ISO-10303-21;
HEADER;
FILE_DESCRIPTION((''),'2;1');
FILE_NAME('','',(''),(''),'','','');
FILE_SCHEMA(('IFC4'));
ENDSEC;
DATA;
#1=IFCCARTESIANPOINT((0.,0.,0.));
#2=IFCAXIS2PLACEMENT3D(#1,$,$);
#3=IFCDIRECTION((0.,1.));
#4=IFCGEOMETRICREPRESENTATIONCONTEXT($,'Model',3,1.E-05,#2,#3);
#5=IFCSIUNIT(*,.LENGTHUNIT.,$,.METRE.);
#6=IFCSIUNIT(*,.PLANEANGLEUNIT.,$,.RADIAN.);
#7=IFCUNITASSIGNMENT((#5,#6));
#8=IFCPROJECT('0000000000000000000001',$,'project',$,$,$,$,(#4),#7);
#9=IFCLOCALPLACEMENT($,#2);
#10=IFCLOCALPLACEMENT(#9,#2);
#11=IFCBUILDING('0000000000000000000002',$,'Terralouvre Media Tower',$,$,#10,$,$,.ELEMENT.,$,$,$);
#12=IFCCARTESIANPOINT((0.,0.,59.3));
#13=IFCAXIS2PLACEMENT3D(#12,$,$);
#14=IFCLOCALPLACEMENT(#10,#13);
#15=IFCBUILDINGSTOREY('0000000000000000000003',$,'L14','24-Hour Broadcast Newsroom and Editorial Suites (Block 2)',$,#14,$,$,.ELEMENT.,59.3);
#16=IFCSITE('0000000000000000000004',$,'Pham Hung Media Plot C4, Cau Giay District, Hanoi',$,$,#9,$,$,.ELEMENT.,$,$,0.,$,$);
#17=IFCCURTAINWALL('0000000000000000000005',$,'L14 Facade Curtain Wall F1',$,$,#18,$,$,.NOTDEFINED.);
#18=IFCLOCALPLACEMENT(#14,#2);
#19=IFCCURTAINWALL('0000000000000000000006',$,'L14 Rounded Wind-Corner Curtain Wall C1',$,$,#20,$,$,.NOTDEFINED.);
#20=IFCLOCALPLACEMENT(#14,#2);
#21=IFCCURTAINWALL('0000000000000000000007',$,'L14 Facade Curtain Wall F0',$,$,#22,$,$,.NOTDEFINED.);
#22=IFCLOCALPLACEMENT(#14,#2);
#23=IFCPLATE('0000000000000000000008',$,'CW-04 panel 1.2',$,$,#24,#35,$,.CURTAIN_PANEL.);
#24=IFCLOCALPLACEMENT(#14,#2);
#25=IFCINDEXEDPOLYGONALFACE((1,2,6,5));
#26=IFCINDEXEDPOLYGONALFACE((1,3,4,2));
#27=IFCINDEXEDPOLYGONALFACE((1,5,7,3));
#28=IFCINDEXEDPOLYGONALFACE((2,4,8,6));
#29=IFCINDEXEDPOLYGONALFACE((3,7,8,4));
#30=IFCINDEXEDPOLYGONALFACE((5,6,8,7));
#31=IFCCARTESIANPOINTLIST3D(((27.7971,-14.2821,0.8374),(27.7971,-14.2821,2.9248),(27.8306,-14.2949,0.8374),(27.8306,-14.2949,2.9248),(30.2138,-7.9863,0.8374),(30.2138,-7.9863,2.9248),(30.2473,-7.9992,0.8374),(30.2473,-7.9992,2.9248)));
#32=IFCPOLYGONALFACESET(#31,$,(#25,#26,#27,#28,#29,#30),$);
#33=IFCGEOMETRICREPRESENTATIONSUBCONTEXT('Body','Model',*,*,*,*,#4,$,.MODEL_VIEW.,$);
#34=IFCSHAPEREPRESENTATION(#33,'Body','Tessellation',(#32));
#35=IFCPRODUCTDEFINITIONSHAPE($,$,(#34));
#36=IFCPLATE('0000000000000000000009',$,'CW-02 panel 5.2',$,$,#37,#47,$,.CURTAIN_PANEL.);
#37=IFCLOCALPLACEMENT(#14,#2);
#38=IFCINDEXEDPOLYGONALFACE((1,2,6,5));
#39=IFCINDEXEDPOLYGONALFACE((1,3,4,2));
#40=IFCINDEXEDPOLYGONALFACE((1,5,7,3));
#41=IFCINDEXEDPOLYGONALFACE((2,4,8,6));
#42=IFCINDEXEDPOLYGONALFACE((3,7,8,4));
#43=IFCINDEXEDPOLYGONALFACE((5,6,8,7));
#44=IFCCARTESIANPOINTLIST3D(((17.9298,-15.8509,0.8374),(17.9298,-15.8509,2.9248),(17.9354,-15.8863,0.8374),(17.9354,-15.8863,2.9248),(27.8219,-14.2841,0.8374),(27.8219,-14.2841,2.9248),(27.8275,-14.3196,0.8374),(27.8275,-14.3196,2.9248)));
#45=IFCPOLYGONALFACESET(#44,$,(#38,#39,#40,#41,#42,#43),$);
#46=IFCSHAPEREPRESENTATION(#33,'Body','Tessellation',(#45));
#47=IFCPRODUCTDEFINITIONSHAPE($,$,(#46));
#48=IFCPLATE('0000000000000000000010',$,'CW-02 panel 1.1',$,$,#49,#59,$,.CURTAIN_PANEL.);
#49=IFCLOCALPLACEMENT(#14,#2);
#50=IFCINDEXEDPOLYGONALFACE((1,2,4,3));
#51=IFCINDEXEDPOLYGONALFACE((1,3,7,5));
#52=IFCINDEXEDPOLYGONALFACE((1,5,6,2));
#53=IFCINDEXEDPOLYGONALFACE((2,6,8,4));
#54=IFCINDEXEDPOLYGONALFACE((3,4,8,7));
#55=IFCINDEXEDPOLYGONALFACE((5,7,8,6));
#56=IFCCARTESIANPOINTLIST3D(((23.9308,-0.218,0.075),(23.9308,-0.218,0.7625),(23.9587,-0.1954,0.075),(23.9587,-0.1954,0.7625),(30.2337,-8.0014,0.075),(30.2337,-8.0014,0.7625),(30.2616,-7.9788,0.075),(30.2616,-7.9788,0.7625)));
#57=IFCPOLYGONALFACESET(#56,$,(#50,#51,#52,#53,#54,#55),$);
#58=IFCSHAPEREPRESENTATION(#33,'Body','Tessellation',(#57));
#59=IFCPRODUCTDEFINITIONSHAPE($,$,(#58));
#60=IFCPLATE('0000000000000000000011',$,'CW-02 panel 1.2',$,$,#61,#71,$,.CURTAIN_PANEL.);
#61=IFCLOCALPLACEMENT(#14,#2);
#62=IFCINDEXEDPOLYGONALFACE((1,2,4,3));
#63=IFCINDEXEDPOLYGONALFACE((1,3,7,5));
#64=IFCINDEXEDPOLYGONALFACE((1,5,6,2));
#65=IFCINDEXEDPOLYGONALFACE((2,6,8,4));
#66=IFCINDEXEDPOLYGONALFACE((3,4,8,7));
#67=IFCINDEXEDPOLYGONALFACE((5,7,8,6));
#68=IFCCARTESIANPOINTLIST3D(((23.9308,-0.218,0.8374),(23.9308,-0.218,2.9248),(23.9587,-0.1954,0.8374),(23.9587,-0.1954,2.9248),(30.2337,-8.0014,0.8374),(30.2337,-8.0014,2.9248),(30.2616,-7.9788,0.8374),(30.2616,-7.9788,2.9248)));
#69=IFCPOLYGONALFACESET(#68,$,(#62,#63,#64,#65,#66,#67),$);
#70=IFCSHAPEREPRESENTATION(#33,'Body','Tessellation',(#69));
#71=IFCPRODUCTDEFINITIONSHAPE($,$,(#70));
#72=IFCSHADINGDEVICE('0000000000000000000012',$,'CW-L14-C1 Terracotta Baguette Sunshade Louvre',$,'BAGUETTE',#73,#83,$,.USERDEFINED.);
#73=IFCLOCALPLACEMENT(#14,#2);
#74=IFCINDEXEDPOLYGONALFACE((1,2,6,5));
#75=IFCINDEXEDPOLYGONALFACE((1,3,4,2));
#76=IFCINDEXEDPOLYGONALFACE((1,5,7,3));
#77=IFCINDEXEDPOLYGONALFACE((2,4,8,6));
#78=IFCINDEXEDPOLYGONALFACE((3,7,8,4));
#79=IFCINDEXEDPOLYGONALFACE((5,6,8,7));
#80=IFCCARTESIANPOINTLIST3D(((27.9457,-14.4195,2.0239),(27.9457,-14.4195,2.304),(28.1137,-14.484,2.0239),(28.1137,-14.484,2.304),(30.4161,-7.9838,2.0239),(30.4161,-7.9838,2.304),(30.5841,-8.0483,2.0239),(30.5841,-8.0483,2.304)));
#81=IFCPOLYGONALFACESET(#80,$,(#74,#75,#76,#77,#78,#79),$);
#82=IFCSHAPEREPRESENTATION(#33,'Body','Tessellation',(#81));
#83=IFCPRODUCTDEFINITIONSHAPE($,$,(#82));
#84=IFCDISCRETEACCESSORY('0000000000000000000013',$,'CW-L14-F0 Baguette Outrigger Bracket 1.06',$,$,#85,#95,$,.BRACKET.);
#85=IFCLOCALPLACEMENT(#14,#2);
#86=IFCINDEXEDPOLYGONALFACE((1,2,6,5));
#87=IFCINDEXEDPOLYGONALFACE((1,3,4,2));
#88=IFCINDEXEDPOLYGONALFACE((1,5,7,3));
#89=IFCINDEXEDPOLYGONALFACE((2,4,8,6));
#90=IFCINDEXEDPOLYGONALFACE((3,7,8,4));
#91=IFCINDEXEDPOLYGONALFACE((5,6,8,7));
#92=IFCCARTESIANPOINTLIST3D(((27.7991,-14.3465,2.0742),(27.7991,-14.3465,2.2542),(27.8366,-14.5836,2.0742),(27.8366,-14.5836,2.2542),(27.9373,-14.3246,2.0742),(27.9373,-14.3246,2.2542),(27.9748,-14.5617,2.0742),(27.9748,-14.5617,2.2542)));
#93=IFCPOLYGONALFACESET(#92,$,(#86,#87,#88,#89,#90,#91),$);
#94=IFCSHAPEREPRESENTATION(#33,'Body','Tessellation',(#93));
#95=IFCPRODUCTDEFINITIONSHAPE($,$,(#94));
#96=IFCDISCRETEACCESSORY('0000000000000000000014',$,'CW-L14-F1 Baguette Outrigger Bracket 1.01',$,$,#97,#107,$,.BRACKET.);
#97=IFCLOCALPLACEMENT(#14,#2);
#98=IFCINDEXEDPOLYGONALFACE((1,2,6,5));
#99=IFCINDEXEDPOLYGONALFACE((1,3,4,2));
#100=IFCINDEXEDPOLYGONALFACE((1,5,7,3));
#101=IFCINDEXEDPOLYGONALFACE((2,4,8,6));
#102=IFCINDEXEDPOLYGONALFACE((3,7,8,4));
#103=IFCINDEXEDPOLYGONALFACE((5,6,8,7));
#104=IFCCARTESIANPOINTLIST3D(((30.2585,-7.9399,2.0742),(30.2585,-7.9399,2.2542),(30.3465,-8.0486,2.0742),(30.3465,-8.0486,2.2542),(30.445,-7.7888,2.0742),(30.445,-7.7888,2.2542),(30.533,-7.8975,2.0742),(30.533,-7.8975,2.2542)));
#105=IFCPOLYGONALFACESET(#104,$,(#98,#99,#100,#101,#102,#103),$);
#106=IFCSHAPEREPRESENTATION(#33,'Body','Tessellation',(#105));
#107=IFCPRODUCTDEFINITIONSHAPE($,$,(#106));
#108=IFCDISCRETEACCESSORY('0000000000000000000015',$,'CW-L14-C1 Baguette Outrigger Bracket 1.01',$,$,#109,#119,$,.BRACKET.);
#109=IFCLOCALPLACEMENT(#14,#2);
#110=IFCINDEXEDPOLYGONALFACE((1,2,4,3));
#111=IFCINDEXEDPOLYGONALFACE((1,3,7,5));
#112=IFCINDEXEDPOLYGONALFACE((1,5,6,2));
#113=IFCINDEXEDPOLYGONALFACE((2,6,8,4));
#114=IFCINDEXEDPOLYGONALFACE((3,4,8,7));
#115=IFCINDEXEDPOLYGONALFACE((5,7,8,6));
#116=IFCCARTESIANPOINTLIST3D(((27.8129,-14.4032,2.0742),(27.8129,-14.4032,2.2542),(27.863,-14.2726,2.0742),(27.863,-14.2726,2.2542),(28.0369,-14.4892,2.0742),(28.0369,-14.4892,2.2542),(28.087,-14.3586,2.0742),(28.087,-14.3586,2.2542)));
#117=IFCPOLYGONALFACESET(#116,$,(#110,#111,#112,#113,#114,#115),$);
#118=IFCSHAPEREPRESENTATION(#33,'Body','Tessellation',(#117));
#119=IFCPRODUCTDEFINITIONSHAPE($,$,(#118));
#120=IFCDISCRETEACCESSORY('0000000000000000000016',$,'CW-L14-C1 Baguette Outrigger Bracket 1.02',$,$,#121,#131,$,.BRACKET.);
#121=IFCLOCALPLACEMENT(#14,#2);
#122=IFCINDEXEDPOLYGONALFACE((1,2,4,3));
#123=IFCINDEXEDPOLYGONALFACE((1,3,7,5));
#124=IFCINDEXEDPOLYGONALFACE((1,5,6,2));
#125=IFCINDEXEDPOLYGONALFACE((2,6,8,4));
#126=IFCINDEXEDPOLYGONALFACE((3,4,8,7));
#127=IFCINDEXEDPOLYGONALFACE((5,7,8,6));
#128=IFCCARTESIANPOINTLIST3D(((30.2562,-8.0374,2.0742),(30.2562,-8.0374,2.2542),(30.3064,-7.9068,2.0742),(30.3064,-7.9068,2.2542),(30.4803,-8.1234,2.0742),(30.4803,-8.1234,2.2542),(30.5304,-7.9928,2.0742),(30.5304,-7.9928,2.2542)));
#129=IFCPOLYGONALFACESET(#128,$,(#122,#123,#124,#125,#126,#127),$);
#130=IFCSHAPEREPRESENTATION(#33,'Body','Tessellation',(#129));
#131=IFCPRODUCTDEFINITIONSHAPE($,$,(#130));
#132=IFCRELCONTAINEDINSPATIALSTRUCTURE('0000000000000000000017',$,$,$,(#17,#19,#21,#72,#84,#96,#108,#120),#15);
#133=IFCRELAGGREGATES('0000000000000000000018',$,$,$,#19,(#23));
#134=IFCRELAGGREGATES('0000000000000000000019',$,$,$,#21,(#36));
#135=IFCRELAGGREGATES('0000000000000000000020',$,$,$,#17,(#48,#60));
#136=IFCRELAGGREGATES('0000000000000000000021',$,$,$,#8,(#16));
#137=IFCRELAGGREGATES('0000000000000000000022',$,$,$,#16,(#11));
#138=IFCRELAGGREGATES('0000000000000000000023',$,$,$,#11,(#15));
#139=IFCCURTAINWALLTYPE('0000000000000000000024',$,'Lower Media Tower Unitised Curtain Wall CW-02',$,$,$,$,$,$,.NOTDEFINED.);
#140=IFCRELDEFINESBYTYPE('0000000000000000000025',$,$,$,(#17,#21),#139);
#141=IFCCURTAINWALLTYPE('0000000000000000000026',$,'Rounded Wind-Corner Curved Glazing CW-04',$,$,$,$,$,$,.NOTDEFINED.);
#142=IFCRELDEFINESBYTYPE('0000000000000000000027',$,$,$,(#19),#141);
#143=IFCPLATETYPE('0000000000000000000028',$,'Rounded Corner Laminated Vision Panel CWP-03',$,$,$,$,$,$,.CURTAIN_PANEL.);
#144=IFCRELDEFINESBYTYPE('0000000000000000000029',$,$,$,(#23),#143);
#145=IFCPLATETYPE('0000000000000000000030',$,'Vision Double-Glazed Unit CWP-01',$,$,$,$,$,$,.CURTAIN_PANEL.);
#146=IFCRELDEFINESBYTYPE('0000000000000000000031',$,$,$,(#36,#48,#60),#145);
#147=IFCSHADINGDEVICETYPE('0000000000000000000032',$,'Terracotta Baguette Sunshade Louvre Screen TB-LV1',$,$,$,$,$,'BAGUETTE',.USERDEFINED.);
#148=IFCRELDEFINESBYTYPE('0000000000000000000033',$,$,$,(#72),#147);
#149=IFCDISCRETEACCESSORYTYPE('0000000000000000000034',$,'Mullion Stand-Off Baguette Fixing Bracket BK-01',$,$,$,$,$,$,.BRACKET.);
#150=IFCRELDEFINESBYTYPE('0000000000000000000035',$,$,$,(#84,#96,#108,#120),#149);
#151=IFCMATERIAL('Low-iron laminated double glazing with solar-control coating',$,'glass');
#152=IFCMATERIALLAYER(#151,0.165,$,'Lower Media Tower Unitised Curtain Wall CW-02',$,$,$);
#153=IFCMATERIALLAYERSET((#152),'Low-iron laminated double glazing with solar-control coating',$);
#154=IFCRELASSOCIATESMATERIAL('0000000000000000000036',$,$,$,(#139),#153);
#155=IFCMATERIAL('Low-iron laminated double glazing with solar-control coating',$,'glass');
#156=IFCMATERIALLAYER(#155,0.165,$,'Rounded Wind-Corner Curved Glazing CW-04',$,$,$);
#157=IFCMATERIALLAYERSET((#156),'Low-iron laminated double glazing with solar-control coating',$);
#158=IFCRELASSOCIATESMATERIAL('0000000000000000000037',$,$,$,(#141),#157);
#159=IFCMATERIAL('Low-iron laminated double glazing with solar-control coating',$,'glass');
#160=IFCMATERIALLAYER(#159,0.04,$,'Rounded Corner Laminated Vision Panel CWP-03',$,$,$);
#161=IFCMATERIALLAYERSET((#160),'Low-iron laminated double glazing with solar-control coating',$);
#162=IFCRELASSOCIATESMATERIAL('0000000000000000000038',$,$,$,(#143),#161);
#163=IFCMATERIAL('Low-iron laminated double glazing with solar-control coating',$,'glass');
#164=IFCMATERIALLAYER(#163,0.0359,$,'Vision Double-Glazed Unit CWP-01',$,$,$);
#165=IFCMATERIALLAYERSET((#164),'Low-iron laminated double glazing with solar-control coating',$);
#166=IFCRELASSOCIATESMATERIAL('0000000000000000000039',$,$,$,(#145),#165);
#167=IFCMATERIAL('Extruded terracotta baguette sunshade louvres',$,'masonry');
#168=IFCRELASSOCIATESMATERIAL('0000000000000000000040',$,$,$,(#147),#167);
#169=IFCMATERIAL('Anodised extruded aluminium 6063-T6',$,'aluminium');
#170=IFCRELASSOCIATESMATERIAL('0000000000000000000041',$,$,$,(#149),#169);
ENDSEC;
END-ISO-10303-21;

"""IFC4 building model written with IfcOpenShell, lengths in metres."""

from ifc_helpers import new_model, si_unit, direction, frame, origin, origin_2d, place, context, subcontext, project, spatial, rectangle, extrude, material, layer, layer_set, type_object, element, aggregate, save


model = new_model("IFC4")

# Units and contexts
model_context = context("Model", 3, precision=1e-05, world=origin(), true_north=direction((0.0, 1.0)))
body_context = subcontext(model_context, "Body", "Model", "MODEL_VIEW")
ifc_project = project(units=[si_unit("LENGTHUNIT", "METRE"), si_unit("PLANEANGLEUNIT", "RADIAN")], contexts=[model_context])

# Site, building, storey
site_placement = place(None, origin())
site = spatial("IfcSite", under=ifc_project, at=site_placement, Name="Pham Hung Media Plot C4, Cau Giay District, Hanoi", CompositionType="ELEMENT", RefElevation=0.0)
building_placement = place(site_placement, origin())
building = spatial("IfcBuilding", under=site, at=building_placement, Name="Terralouvre Media Tower", CompositionType="ELEMENT")
storey_placement = place(building_placement, frame((0.0, 0.0, 59.3)))
storey = spatial("IfcBuildingStorey", under=building, at=storey_placement, Name="L14", Description="24-Hour Broadcast Newsroom and Editorial Suites (Block 2)", CompositionType="ELEMENT", Elevation=59.3)

# Curtain walls
ifc_material_1 = material(Name="Low-iron laminated double glazing with solar-control coating", Category="glass")
ifc_layer_1 = layer(ifc_material_1, 0.165, Name="Lower Media Tower Unitised Curtain Wall CW-02")
ifc_layer_set_1 = layer_set([ifc_layer_1], Name="Low-iron laminated double glazing with solar-control coating")
curtain_wall_type_1 = type_object("IfcCurtainWallType", Name="Lower Media Tower Unitised Curtain Wall CW-02", PredefinedType="NOTDEFINED", material=ifc_layer_set_1)
curtain_wall_1_placement = place(storey_placement, origin())
curtain_wall_1 = element("IfcCurtainWall", 1, at=curtain_wall_1_placement, inside=storey, type_object=curtain_wall_type_1, Name="L14 Facade Curtain Wall F1", PredefinedType="NOTDEFINED")
ifc_material_2 = material(Name="Low-iron laminated double glazing with solar-control coating", Category="glass")
ifc_layer_2 = layer(ifc_material_2, 0.165, Name="Rounded Wind-Corner Curved Glazing CW-04")
ifc_layer_set_2 = layer_set([ifc_layer_2], Name="Low-iron laminated double glazing with solar-control coating")
curtain_wall_type_2 = type_object("IfcCurtainWallType", Name="Rounded Wind-Corner Curved Glazing CW-04", PredefinedType="NOTDEFINED", material=ifc_layer_set_2)
curtain_wall_2_placement = place(storey_placement, origin())
curtain_wall_2 = element("IfcCurtainWall", 2, at=curtain_wall_2_placement, inside=storey, type_object=curtain_wall_type_2, Name="L14 Rounded Wind-Corner Curtain Wall C1", PredefinedType="NOTDEFINED")

# Curtain wall
curtain_wall_3_placement = place(storey_placement, origin())
curtain_wall_3 = element("IfcCurtainWall", 3, at=curtain_wall_3_placement, inside=storey, type_object=curtain_wall_type_1, Name="L14 Facade Curtain Wall F0", PredefinedType="NOTDEFINED")

# Plates
ifc_material_3 = material(Name="Low-iron laminated double glazing with solar-control coating", Category="glass")
ifc_layer_3 = layer(ifc_material_3, 0.04, Name="Rounded Corner Laminated Vision Panel CWP-03")
ifc_layer_set_3 = layer_set([ifc_layer_3], Name="Low-iron laminated double glazing with solar-control coating")
plate_type_1 = type_object("IfcPlateType", Name="Rounded Corner Laminated Vision Panel CWP-03", PredefinedType="CURTAIN_PANEL", material=ifc_layer_set_3)
plate_1_placement = place(storey_placement, frame((29.0222, -11.1406, 0.8374), z_axis=(0.0, 0.0, 1.0), x_axis=(0.358367, 0.933581, 0.0)))
plate_1 = element("IfcPlate", 4, at=plate_1_placement, type_object=plate_type_1, Name="CW-04 panel 1.2", PredefinedType="CURTAIN_PANEL", context=body_context, shape_type="SweptSolid", body=[
    extrude(rectangle(XDim=6.7437, YDim=0.0359, at=origin_2d()), origin(), (0.0, 0.0, 1.0), 2.0874),
])
aggregate(curtain_wall_2, [plate_1])
ifc_material_4 = material(Name="Low-iron laminated double glazing with solar-control coating", Category="glass")
ifc_layer_4 = layer(ifc_material_4, 0.0359, Name="Vision Double-Glazed Unit CWP-01")
ifc_layer_set_4 = layer_set([ifc_layer_4], Name="Low-iron laminated double glazing with solar-control coating")
plate_type_2 = type_object("IfcPlateType", Name="Vision Double-Glazed Unit CWP-01", PredefinedType="CURTAIN_PANEL", material=ifc_layer_set_4)
plate_2_placement = place(storey_placement, frame((22.8787, -15.0852, 0.8374), z_axis=(0.0, 0.0, 1.0), x_axis=(0.987688, 0.156434, 0.0)))
plate_2 = element("IfcPlate", 5, at=plate_2_placement, type_object=plate_type_2, Name="CW-02 panel 5.2", PredefinedType="CURTAIN_PANEL", context=body_context, shape_type="SweptSolid", body=[
    extrude(rectangle(XDim=10.0154, YDim=0.0359, at=origin_2d()), origin(), (0.0, 0.0, 1.0), 2.0874),
])
aggregate(curtain_wall_3, [plate_2])
plate_3_placement = place(storey_placement, frame((27.0962, -4.0984, 0.075), z_axis=(0.0, 0.0, 1.0), x_axis=(-0.62932, 0.777146, 0.0)))
plate_3 = element("IfcPlate", 6, at=plate_3_placement, type_object=plate_type_2, Name="CW-02 panel 1.1", PredefinedType="CURTAIN_PANEL", context=body_context, shape_type="SweptSolid", body=[
    extrude(rectangle(XDim=10.0154, YDim=0.0359, at=origin_2d()), origin(), (0.0, 0.0, 1.0), 0.6875),
])
plate_4_placement = place(storey_placement, frame((27.0962, -4.0984, 0.8374), z_axis=(0.0, 0.0, 1.0), x_axis=(-0.62932, 0.777146, 0.0)))
plate_4 = element("IfcPlate", 7, at=plate_4_placement, type_object=plate_type_2, Name="CW-02 panel 1.2", PredefinedType="CURTAIN_PANEL", context=body_context, shape_type="SweptSolid", body=[
    extrude(rectangle(XDim=10.0154, YDim=0.0359, at=origin_2d()), origin(), (0.0, 0.0, 1.0), 2.0874),
])
aggregate(curtain_wall_1, [plate_3, plate_4])

# Shading device
ifc_material_5 = material(Name="Extruded terracotta baguette sunshade louvres", Category="masonry")
shading_device_type = type_object("IfcShadingDeviceType", Name="Terracotta Baguette Sunshade Louvre Screen TB-LV1", ElementType="BAGUETTE", PredefinedType="USERDEFINED", material=ifc_material_5)
shading_device_placement = place(storey_placement, frame((29.2649, -11.2339, 2.0239), z_axis=(0.0, 0.0, 1.0), x_axis=(0.358367, 0.933581, 0.0)))
element("IfcShadingDevice", 8, at=shading_device_placement, inside=storey, type_object=shading_device_type, Name="CW-L14-C1 Terracotta Baguette Sunshade Louvre", ObjectType="BAGUETTE", PredefinedType="USERDEFINED", context=body_context, shape_type="SweptSolid", body=[
    extrude(rectangle(XDim=6.8936, YDim=0.1799, at=origin_2d()), origin(), (0.0, 0.0, 1.0), 0.28),
])

# Discrete accessories
ifc_material_6 = material(Name="Anodised extruded aluminium 6063-T6", Category="aluminium")
discrete_accessory_type = type_object("IfcDiscreteAccessoryType", Name="Mullion Stand-Off Baguette Fixing Bracket BK-01", PredefinedType="BRACKET", material=ifc_material_6)
for number, where, z_axis, x_axis, name in (
    (9, (27.887, -14.4541, 2.0742), (0.0, 0.0, 1.0), (0.987688, 0.156434, 0.0), "CW-L14-F0 Baguette Outrigger Bracket 1.06"),
    (10, (30.3958, -7.9187, 2.0742), (0.0, 0.0, 1.0), (-0.62932, 0.777146, 0.0), "CW-L14-F1 Baguette Outrigger Bracket 1.01"),
    (11, (27.95, -14.3809, 2.0742), (0.0, 0.0, 1.0), (0.358367, 0.933581, 0.0), "CW-L14-C1 Baguette Outrigger Bracket 1.01"),
    (12, (30.3933, -8.0151, 2.0742), (0.0, 0.0, 1.0), (0.358367, 0.933581, 0.0), "CW-L14-C1 Baguette Outrigger Bracket 1.02"),
):
    element("IfcDiscreteAccessory", number, at=place(storey_placement, frame(where, z_axis=z_axis, x_axis=x_axis)), inside=storey, type_object=discrete_accessory_type, Name=name, PredefinedType="BRACKET", context=body_context, shape_type="SweptSolid", body=[
        extrude(rectangle(XDim=0.1399, YDim=0.24, at=origin_2d()), origin(), (0.0, 0.0, 1.0), 0.1799),
    ])

save(model, "model.ifc")
